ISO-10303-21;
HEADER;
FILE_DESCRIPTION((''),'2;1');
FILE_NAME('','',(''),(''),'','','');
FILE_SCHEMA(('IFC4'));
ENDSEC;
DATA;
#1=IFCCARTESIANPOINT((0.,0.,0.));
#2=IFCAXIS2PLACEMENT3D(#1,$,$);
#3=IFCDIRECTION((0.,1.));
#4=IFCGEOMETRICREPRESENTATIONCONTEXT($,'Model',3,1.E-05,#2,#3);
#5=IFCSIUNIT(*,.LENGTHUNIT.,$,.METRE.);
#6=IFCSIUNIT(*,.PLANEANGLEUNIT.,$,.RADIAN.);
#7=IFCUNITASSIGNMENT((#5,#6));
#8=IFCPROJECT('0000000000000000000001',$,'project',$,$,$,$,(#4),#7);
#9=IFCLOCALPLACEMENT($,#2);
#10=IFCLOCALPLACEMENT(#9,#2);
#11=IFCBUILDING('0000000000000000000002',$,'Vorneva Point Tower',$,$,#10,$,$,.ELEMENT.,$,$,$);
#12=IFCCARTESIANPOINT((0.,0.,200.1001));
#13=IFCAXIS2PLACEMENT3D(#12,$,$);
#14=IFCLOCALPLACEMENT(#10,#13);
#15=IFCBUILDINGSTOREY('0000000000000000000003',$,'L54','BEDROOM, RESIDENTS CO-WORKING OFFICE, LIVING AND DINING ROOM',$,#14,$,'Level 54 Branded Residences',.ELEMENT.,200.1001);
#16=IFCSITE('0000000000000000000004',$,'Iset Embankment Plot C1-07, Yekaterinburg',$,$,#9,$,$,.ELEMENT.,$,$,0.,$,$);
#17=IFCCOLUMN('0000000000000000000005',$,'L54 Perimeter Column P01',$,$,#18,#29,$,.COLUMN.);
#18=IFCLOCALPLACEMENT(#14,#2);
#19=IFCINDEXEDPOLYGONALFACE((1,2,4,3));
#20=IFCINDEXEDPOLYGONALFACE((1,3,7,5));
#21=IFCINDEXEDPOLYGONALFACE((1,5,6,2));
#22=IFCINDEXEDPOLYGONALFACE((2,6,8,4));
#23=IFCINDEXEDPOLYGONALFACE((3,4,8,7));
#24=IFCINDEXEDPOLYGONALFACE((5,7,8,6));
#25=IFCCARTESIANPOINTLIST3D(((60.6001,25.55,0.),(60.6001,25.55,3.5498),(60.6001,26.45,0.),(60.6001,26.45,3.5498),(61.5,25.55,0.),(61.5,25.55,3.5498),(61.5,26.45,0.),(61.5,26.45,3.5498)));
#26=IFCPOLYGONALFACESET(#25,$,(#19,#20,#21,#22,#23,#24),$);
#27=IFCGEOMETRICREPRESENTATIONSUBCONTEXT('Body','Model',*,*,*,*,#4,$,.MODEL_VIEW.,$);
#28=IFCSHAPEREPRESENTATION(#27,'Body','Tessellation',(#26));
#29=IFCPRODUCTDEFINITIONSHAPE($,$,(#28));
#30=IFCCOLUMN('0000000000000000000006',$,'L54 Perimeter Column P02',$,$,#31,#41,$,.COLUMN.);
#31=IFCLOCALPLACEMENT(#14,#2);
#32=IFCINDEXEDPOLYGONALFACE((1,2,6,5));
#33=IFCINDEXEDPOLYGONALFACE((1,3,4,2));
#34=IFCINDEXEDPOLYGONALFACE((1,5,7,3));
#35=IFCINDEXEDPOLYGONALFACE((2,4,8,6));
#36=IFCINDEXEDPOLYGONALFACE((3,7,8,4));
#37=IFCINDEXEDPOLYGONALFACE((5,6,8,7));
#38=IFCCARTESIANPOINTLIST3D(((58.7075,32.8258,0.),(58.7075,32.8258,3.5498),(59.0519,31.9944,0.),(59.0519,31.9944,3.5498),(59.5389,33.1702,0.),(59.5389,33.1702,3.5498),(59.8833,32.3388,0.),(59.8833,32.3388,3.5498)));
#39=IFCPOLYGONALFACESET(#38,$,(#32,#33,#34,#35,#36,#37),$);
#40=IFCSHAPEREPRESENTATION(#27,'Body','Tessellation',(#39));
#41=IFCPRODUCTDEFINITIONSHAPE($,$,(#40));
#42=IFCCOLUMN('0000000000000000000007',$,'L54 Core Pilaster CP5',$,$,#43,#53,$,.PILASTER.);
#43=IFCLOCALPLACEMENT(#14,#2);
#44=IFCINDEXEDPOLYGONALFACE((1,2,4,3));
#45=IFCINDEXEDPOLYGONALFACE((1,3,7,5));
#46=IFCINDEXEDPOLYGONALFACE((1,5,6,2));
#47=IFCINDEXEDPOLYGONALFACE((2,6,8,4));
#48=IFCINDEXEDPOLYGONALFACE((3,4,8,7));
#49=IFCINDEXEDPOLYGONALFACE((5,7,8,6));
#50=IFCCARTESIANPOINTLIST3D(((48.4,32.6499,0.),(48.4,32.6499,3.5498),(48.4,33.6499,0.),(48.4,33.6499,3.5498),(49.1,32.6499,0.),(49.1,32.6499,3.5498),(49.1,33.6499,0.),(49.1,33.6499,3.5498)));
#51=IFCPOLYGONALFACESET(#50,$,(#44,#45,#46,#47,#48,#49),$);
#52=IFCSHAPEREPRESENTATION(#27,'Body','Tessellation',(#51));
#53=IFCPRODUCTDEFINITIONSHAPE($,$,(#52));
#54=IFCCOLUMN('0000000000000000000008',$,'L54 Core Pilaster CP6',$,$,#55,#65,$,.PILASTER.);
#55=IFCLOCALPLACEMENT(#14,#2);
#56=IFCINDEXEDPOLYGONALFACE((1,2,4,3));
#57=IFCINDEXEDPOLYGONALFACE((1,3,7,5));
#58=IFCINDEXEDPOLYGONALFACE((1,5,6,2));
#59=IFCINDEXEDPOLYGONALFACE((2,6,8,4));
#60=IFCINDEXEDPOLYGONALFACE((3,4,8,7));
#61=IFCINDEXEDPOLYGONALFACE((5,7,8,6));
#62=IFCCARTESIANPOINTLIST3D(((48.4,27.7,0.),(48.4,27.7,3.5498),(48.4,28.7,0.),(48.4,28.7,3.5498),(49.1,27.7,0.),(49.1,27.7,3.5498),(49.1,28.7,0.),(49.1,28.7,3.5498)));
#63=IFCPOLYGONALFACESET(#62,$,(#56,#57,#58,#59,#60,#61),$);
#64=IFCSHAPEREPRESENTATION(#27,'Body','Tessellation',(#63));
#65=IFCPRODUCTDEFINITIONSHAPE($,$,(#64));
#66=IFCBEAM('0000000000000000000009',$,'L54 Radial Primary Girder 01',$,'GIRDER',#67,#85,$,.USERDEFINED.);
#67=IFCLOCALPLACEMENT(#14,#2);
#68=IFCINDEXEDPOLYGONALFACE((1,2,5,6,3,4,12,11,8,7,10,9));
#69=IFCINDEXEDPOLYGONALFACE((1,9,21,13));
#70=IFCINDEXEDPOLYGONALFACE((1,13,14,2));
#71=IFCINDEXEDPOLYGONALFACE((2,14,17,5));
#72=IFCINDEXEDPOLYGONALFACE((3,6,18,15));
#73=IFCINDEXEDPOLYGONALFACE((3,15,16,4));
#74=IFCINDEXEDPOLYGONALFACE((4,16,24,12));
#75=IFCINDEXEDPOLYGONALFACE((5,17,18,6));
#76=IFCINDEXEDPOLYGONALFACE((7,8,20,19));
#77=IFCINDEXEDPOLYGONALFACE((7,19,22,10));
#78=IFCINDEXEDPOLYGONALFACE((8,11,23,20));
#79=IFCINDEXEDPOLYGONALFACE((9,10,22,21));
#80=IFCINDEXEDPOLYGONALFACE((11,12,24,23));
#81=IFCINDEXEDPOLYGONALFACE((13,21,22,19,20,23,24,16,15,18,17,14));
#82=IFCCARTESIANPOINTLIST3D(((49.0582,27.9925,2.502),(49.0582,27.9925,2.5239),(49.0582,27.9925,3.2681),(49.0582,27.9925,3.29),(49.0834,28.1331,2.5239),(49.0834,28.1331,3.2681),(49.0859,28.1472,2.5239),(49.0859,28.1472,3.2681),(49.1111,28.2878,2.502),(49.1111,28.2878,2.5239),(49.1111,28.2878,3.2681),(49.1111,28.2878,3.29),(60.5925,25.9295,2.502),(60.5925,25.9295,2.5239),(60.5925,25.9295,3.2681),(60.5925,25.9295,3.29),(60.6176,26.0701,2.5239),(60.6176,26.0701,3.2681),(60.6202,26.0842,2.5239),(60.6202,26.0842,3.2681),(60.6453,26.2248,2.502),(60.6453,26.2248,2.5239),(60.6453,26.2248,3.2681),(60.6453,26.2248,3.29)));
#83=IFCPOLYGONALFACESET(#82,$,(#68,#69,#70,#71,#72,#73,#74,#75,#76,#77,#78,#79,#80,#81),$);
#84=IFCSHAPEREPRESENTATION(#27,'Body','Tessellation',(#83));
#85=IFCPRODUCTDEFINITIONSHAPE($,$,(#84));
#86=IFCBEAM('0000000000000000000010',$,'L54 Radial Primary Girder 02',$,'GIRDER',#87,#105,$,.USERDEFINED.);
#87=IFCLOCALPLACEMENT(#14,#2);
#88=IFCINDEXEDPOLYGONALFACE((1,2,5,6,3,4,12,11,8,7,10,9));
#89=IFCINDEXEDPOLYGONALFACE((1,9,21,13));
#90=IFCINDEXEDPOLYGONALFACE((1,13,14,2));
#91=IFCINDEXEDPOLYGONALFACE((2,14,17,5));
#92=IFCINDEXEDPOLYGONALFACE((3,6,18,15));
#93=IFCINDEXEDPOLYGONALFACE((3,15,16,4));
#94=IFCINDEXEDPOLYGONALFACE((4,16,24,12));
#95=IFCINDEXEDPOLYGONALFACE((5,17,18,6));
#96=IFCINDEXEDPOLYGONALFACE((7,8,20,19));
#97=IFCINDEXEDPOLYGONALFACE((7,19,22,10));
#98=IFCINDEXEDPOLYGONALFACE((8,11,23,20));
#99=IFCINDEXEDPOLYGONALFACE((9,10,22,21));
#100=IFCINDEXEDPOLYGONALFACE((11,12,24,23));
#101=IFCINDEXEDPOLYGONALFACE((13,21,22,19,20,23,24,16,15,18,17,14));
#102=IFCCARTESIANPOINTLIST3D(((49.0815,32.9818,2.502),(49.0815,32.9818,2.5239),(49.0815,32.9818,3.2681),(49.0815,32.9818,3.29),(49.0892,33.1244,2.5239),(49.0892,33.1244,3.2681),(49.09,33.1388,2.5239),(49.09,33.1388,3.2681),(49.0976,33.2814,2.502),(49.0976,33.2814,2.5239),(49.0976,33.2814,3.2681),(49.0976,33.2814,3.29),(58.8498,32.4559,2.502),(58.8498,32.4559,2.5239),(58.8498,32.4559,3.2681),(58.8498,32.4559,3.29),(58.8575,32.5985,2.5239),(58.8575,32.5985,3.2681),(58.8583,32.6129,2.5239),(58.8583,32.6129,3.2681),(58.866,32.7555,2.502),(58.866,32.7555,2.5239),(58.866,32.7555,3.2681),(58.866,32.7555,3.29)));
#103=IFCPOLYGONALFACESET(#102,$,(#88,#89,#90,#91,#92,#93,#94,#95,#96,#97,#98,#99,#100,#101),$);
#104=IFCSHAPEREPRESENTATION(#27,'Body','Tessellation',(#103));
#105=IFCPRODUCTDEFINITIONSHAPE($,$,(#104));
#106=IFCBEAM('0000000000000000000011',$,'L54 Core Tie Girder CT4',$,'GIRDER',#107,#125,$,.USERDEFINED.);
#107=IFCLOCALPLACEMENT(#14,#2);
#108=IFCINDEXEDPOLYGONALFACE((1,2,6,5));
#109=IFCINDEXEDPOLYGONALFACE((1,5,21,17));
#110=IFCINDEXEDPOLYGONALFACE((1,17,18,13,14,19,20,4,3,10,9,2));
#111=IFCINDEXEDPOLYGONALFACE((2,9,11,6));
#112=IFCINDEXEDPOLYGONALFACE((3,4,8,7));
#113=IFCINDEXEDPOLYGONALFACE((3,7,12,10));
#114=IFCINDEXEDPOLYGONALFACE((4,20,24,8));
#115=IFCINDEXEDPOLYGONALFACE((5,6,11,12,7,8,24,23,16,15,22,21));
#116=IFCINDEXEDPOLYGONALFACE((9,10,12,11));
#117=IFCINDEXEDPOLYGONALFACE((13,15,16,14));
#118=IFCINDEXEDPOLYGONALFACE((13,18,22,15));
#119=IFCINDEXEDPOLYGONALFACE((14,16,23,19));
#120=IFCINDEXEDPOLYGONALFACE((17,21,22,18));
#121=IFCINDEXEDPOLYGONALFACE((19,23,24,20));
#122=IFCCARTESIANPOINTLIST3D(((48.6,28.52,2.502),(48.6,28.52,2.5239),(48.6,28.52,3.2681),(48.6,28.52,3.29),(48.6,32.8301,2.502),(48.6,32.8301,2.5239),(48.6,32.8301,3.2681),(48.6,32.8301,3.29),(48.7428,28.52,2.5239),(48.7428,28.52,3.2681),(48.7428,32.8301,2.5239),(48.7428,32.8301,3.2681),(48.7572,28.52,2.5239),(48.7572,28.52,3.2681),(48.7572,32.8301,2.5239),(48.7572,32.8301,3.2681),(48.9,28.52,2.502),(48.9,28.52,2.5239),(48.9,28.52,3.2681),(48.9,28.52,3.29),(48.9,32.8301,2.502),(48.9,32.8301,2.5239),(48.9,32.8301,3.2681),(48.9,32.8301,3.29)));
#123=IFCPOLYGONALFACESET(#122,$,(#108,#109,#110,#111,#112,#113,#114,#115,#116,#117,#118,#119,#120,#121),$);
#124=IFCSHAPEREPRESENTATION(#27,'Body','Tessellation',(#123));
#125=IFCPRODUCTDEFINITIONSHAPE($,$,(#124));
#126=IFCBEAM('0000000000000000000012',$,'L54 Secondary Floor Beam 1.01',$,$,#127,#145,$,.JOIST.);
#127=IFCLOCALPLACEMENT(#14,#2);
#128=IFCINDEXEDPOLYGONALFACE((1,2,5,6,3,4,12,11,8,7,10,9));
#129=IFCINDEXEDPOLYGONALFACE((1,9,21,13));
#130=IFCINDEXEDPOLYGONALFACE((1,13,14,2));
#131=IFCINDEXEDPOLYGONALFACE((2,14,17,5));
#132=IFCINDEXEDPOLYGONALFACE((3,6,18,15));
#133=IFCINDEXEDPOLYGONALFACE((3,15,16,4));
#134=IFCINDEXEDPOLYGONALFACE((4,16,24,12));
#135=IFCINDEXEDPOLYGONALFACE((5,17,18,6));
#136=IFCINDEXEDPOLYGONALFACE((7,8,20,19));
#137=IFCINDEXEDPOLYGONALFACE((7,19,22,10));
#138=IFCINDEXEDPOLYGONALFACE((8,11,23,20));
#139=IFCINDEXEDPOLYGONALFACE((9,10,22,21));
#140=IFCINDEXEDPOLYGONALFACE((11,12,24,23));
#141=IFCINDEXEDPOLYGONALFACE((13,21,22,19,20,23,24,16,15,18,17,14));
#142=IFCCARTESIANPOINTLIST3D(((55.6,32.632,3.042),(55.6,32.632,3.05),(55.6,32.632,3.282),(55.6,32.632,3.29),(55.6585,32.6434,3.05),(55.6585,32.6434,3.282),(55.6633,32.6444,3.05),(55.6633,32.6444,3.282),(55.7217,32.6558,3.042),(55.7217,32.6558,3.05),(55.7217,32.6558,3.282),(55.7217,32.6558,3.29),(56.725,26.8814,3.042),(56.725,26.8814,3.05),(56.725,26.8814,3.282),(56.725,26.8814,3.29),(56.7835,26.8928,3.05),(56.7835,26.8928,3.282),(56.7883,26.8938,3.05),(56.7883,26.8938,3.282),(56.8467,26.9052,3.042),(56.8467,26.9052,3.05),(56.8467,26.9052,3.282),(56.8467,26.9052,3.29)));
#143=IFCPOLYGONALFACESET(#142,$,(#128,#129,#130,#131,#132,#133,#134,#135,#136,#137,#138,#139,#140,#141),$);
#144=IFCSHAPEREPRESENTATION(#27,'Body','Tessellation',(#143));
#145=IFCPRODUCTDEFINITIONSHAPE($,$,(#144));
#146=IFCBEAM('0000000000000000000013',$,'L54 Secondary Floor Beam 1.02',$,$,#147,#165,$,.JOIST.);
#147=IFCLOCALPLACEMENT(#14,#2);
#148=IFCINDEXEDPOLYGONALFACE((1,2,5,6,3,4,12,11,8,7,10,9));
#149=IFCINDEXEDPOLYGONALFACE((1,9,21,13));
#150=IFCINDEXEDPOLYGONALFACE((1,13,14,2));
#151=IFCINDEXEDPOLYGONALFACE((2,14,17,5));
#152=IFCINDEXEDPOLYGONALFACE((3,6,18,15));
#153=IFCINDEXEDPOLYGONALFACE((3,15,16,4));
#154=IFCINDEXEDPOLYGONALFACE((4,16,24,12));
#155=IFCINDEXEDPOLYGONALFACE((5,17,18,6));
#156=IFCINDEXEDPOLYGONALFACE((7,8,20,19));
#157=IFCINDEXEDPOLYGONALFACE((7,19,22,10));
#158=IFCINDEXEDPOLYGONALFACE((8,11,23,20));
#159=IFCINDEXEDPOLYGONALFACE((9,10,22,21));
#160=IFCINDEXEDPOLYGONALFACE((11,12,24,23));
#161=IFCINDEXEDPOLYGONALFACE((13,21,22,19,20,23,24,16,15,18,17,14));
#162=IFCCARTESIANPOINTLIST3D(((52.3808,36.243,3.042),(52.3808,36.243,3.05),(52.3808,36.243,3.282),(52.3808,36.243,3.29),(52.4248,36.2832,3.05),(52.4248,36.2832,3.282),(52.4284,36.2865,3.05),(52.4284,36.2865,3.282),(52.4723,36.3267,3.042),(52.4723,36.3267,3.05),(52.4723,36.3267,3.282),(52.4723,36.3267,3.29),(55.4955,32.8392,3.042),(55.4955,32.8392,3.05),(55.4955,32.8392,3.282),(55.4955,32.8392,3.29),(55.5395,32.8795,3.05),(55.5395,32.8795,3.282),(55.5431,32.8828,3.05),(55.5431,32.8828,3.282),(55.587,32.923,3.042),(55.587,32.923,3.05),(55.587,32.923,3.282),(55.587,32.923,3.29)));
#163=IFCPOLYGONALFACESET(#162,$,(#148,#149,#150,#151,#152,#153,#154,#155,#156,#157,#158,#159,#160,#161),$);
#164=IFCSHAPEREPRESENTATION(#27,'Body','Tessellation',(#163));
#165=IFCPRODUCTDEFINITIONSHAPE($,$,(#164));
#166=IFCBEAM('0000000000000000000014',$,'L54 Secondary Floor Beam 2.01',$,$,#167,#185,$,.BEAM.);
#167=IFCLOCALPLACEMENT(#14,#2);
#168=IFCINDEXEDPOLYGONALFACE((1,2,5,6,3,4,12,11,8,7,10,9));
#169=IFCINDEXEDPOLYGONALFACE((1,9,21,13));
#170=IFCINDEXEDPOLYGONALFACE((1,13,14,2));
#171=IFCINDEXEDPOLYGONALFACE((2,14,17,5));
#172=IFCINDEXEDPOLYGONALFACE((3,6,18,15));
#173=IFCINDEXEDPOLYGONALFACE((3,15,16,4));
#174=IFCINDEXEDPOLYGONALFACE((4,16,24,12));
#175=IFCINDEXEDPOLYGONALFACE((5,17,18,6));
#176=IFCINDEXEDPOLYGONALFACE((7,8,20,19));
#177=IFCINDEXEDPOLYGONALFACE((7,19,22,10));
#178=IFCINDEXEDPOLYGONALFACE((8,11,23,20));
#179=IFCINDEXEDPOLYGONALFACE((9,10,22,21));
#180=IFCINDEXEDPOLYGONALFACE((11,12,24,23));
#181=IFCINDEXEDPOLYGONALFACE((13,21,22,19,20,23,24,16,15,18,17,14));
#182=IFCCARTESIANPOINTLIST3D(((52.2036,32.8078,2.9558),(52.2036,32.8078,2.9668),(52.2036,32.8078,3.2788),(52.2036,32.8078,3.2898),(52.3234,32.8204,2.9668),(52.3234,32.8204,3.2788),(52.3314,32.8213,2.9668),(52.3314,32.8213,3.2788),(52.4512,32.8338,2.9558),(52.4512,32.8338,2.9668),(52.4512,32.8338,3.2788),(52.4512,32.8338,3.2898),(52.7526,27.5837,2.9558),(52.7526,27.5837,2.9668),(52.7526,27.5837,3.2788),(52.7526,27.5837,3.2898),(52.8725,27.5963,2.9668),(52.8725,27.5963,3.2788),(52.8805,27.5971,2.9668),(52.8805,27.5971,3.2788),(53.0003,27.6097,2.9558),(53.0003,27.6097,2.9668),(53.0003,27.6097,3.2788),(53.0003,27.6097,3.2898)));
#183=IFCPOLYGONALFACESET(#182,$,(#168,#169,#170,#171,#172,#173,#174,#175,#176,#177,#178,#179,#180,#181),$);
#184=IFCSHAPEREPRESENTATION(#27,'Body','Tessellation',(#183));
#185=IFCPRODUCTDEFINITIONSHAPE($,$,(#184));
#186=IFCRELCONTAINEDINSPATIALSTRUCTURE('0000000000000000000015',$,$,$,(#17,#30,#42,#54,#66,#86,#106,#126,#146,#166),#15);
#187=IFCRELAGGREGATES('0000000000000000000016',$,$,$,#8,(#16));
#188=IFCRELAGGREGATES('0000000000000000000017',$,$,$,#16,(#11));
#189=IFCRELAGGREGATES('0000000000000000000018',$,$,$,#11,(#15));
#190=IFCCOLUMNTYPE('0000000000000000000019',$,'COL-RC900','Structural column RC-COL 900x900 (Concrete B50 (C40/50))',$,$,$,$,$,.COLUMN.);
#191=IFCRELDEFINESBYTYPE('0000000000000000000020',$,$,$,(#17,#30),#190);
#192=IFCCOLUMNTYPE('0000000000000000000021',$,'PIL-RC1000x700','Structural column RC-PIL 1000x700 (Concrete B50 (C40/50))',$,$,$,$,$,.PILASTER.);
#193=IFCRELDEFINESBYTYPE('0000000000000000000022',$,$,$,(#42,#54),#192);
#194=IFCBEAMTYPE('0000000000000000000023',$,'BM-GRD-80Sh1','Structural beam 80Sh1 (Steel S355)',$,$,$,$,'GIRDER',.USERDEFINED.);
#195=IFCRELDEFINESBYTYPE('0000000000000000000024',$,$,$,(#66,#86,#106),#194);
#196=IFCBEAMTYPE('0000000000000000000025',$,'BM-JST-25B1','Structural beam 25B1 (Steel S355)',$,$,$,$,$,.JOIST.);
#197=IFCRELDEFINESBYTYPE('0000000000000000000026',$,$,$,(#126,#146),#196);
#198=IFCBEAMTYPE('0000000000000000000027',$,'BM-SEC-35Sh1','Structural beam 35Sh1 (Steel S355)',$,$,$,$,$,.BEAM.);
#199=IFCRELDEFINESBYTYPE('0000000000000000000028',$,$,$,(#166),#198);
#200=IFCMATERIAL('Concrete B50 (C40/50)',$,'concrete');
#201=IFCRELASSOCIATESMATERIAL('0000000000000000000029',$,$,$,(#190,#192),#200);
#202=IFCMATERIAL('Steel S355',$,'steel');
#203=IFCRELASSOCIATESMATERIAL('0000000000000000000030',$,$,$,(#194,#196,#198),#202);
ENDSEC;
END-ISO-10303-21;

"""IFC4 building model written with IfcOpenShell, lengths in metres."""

from ifc_helpers import new_model, si_unit, direction, frame, origin, origin_2d, place, context, subcontext, project, spatial, rectangle, i_section, extrude, material, material_profile, profile_set, type_object, element, save


model = new_model("IFC4")

# Units and contexts
model_context = context("Model", 3, precision=1e-05, world=origin(), true_north=direction((0.0, 1.0)))
body_context = subcontext(model_context, "Body", "Model", "MODEL_VIEW")
ifc_project = project(units=[si_unit("LENGTHUNIT", "METRE"), si_unit("PLANEANGLEUNIT", "RADIAN")], contexts=[model_context])

# Site, building, storey
site_placement = place(None, origin())
site = spatial("IfcSite", under=ifc_project, at=site_placement, Name="Iset Embankment Plot C1-07, Yekaterinburg", CompositionType="ELEMENT", RefElevation=0.0)
building_placement = place(site_placement, origin())
building = spatial("IfcBuilding", under=site, at=building_placement, Name="Vorneva Point Tower", CompositionType="ELEMENT")
storey_placement = place(building_placement, frame((0.0, 0.0, 200.1001)))
storey = spatial("IfcBuildingStorey", under=building, at=storey_placement, Name="L54", Description="BEDROOM, RESIDENTS CO-WORKING OFFICE, LIVING AND DINING ROOM", LongName="Level 54 Branded Residences", CompositionType="ELEMENT", Elevation=200.1001)

# Columns
ifc_material_1 = material(Name="Concrete B50 (C40/50)", Category="concrete")
ifc_material_profile_1 = material_profile(ifc_material_1, rectangle(XDim=0.8999, YDim=0.8999, at=origin_2d()), Name="RC-COL 900x900")
ifc_profile_set_1 = profile_set([ifc_material_profile_1], Name="Concrete B50 (C40/50)")
column_type_1 = type_object("IfcColumnType", Name="COL-RC900", Description="Structural column RC-COL 900x900 (Concrete B50 (C40/50))", PredefinedType="COLUMN", material=ifc_profile_set_1)
for number, where, z_axis, x_axis, name in (
    (1, (61.05, 26.0, 0.0), (0.0, 0.0, 1.0), (1.0, 0.0, 0.0), "L54 Perimeter Column P01"),
    (2, (59.2954, 32.5823, 0.0), (0.0, 0.0, 1.0), (0.92388, 0.382683, 0.0), "L54 Perimeter Column P02"),
):
    element("IfcColumn", number, at=place(storey_placement, frame(where, z_axis=z_axis, x_axis=x_axis)), inside=storey, type_object=column_type_1, Name=name, PredefinedType="COLUMN", context=body_context, shape_type="SweptSolid", body=[
        extrude(rectangle(XDim=0.8999, YDim=0.8999, at=origin_2d()), origin(), (0.0, 0.0, 1.0), 3.5498),
    ])
ifc_material_profile_2 = material_profile(ifc_material_1, rectangle(XDim=0.7, YDim=1.0, at=origin_2d()), Name="RC-PIL 1000x700")
ifc_profile_set_2 = profile_set([ifc_material_profile_2], Name="Concrete B50 (C40/50)")
column_type_2 = type_object("IfcColumnType", Name="PIL-RC1000x700", Description="Structural column RC-PIL 1000x700 (Concrete B50 (C40/50))", PredefinedType="PILASTER", material=ifc_profile_set_2)
for number, where, z_axis, x_axis, name in (
    (3, (48.75, 33.1499, 0.0), (0.0, 0.0, 1.0), (1.0, 0.0, 0.0), "L54 Core Pilaster CP5"),
    (4, (48.75, 28.2, 0.0), (0.0, 0.0, 1.0), (1.0, 0.0, 0.0), "L54 Core Pilaster CP6"),
):
    element("IfcColumn", number, at=place(storey_placement, frame(where, z_axis=z_axis, x_axis=x_axis)), inside=storey, type_object=column_type_2, Name=name, PredefinedType="PILASTER", context=body_context, shape_type="SweptSolid", body=[
        extrude(rectangle(XDim=0.7, YDim=1.0, at=origin_2d()), origin(), (0.0, 0.0, 1.0), 3.5498),
    ])

# Beams
ifc_material_2 = material(Name="Steel S355", Category="steel")
ifc_material_profile_3 = material_profile(ifc_material_2, i_section(OverallWidth=0.3, OverallDepth=0.7881, WebThickness=0.0144, FlangeThickness=0.022, at=origin_2d()), Name="80Sh1")
ifc_profile_set_3 = profile_set([ifc_material_profile_3], Name="Steel S355")
beam_type_1 = type_object("IfcBeamType", Name="BM-GRD-80Sh1", Description="Structural beam 80Sh1 (Steel S355)", ElementType="GIRDER", PredefinedType="USERDEFINED", material=ifc_profile_set_3)
beam_1_placement = place(storey_placement, frame((60.6189, 26.0771, 2.896), z_axis=(-0.984379, 0.176065, 0.0), x_axis=(-0.176065, -0.984379, 0.0)))
element("IfcBeam", 5, at=beam_1_placement, inside=storey, type_object=beam_type_1, Name="L54 Radial Primary Girder 01", ObjectType="GIRDER", PredefinedType="USERDEFINED", context=body_context, shape_type="SweptSolid", body=[
    extrude(i_section(OverallWidth=0.3, OverallDepth=0.7881, WebThickness=0.0144, FlangeThickness=0.022, at=origin_2d()), origin(), (0.0, 0.0, 1.0), 11.7173),
])
beam_2_placement = place(storey_placement, frame((58.8579, 32.6057, 2.896), z_axis=(-0.998554, 0.053757, 0.0), x_axis=(-0.053757, -0.998554, 0.0)))
element("IfcBeam", 6, at=beam_2_placement, inside=storey, type_object=beam_type_1, Name="L54 Radial Primary Girder 02", ObjectType="GIRDER", PredefinedType="USERDEFINED", context=body_context, shape_type="SweptSolid", body=[
    extrude(i_section(OverallWidth=0.3, OverallDepth=0.7881, WebThickness=0.0144, FlangeThickness=0.022, at=origin_2d()), origin(), (0.0, 0.0, 1.0), 9.7825),
])
beam_3_placement = place(storey_placement, frame((48.75, 28.52, 2.896), z_axis=(0.0, 1.0, 0.0), x_axis=(-1.0, 0.0, 0.0)))
element("IfcBeam", 7, at=beam_3_placement, inside=storey, type_object=beam_type_1, Name="L54 Core Tie Girder CT4", ObjectType="GIRDER", PredefinedType="USERDEFINED", context=body_context, shape_type="SweptSolid", body=[
    extrude(i_section(OverallWidth=0.3, OverallDepth=0.7881, WebThickness=0.0144, FlangeThickness=0.022, at=origin_2d()), origin(), (0.0, 0.0, 1.0), 4.3101),
])
ifc_material_profile_4 = material_profile(ifc_material_2, i_section(OverallWidth=0.124, OverallDepth=0.248, WebThickness=0.0049, FlangeThickness=0.0081, at=origin_2d()), Name="25B1")
ifc_profile_set_4 = profile_set([ifc_material_profile_4], Name="Steel S355")
beam_type_2 = type_object("IfcBeamType", Name="BM-JST-25B1", Description="Structural beam 25B1 (Steel S355)", PredefinedType="JOIST", material=ifc_profile_set_4)
beam_4_placement = place(storey_placement, frame((56.7859, 26.8933, 3.166), z_axis=(-0.191996, 0.981396, 0.0), x_axis=(-0.981396, -0.191996, 0.0)))
element("IfcBeam", 8, at=beam_4_placement, inside=storey, type_object=beam_type_2, Name="L54 Secondary Floor Beam 1.01", PredefinedType="JOIST", context=body_context, shape_type="SweptSolid", body=[
    extrude(i_section(OverallWidth=0.124, OverallDepth=0.248, WebThickness=0.0049, FlangeThickness=0.0081, at=origin_2d()), origin(), (0.0, 0.0, 1.0), 5.8596),
])
beam_5_placement = place(storey_placement, frame((55.5413, 32.8811, 3.166), z_axis=(-0.675087, 0.737738, 0.0), x_axis=(-0.737738, -0.675087, 0.0)))
element("IfcBeam", 9, at=beam_5_placement, inside=storey, type_object=beam_type_2, Name="L54 Secondary Floor Beam 1.02", PredefinedType="JOIST", context=body_context, shape_type="SweptSolid", body=[
    extrude(i_section(OverallWidth=0.124, OverallDepth=0.248, WebThickness=0.0049, FlangeThickness=0.0081, at=origin_2d()), origin(), (0.0, 0.0, 1.0), 4.6138),
])
ifc_material_profile_5 = material_profile(ifc_material_2, i_section(OverallWidth=0.249, OverallDepth=0.334, WebThickness=0.0081, FlangeThickness=0.011, at=origin_2d()), Name="35Sh1")
ifc_profile_set_5 = profile_set([ifc_material_profile_5], Name="Steel S355")
beam_type_3 = type_object("IfcBeamType", Name="BM-SEC-35Sh1", Description="Structural beam 35Sh1 (Steel S355)", PredefinedType="BEAM", material=ifc_profile_set_5)
beam_6_placement = place(storey_placement, frame((52.8765, 27.5967, 3.1228), z_axis=(-0.104528, 0.994522, 0.0), x_axis=(-0.994522, -0.104528, 0.0)))
element("IfcBeam", 10, at=beam_6_placement, inside=storey, type_object=beam_type_3, Name="L54 Secondary Floor Beam 2.01", PredefinedType="BEAM", context=body_context, shape_type="SweptSolid", body=[
    extrude(i_section(OverallWidth=0.249, OverallDepth=0.334, WebThickness=0.0081, FlangeThickness=0.011, at=origin_2d()), origin(), (0.0, 0.0, 1.0), 5.2529),
])

save(model, "model.ifc")
